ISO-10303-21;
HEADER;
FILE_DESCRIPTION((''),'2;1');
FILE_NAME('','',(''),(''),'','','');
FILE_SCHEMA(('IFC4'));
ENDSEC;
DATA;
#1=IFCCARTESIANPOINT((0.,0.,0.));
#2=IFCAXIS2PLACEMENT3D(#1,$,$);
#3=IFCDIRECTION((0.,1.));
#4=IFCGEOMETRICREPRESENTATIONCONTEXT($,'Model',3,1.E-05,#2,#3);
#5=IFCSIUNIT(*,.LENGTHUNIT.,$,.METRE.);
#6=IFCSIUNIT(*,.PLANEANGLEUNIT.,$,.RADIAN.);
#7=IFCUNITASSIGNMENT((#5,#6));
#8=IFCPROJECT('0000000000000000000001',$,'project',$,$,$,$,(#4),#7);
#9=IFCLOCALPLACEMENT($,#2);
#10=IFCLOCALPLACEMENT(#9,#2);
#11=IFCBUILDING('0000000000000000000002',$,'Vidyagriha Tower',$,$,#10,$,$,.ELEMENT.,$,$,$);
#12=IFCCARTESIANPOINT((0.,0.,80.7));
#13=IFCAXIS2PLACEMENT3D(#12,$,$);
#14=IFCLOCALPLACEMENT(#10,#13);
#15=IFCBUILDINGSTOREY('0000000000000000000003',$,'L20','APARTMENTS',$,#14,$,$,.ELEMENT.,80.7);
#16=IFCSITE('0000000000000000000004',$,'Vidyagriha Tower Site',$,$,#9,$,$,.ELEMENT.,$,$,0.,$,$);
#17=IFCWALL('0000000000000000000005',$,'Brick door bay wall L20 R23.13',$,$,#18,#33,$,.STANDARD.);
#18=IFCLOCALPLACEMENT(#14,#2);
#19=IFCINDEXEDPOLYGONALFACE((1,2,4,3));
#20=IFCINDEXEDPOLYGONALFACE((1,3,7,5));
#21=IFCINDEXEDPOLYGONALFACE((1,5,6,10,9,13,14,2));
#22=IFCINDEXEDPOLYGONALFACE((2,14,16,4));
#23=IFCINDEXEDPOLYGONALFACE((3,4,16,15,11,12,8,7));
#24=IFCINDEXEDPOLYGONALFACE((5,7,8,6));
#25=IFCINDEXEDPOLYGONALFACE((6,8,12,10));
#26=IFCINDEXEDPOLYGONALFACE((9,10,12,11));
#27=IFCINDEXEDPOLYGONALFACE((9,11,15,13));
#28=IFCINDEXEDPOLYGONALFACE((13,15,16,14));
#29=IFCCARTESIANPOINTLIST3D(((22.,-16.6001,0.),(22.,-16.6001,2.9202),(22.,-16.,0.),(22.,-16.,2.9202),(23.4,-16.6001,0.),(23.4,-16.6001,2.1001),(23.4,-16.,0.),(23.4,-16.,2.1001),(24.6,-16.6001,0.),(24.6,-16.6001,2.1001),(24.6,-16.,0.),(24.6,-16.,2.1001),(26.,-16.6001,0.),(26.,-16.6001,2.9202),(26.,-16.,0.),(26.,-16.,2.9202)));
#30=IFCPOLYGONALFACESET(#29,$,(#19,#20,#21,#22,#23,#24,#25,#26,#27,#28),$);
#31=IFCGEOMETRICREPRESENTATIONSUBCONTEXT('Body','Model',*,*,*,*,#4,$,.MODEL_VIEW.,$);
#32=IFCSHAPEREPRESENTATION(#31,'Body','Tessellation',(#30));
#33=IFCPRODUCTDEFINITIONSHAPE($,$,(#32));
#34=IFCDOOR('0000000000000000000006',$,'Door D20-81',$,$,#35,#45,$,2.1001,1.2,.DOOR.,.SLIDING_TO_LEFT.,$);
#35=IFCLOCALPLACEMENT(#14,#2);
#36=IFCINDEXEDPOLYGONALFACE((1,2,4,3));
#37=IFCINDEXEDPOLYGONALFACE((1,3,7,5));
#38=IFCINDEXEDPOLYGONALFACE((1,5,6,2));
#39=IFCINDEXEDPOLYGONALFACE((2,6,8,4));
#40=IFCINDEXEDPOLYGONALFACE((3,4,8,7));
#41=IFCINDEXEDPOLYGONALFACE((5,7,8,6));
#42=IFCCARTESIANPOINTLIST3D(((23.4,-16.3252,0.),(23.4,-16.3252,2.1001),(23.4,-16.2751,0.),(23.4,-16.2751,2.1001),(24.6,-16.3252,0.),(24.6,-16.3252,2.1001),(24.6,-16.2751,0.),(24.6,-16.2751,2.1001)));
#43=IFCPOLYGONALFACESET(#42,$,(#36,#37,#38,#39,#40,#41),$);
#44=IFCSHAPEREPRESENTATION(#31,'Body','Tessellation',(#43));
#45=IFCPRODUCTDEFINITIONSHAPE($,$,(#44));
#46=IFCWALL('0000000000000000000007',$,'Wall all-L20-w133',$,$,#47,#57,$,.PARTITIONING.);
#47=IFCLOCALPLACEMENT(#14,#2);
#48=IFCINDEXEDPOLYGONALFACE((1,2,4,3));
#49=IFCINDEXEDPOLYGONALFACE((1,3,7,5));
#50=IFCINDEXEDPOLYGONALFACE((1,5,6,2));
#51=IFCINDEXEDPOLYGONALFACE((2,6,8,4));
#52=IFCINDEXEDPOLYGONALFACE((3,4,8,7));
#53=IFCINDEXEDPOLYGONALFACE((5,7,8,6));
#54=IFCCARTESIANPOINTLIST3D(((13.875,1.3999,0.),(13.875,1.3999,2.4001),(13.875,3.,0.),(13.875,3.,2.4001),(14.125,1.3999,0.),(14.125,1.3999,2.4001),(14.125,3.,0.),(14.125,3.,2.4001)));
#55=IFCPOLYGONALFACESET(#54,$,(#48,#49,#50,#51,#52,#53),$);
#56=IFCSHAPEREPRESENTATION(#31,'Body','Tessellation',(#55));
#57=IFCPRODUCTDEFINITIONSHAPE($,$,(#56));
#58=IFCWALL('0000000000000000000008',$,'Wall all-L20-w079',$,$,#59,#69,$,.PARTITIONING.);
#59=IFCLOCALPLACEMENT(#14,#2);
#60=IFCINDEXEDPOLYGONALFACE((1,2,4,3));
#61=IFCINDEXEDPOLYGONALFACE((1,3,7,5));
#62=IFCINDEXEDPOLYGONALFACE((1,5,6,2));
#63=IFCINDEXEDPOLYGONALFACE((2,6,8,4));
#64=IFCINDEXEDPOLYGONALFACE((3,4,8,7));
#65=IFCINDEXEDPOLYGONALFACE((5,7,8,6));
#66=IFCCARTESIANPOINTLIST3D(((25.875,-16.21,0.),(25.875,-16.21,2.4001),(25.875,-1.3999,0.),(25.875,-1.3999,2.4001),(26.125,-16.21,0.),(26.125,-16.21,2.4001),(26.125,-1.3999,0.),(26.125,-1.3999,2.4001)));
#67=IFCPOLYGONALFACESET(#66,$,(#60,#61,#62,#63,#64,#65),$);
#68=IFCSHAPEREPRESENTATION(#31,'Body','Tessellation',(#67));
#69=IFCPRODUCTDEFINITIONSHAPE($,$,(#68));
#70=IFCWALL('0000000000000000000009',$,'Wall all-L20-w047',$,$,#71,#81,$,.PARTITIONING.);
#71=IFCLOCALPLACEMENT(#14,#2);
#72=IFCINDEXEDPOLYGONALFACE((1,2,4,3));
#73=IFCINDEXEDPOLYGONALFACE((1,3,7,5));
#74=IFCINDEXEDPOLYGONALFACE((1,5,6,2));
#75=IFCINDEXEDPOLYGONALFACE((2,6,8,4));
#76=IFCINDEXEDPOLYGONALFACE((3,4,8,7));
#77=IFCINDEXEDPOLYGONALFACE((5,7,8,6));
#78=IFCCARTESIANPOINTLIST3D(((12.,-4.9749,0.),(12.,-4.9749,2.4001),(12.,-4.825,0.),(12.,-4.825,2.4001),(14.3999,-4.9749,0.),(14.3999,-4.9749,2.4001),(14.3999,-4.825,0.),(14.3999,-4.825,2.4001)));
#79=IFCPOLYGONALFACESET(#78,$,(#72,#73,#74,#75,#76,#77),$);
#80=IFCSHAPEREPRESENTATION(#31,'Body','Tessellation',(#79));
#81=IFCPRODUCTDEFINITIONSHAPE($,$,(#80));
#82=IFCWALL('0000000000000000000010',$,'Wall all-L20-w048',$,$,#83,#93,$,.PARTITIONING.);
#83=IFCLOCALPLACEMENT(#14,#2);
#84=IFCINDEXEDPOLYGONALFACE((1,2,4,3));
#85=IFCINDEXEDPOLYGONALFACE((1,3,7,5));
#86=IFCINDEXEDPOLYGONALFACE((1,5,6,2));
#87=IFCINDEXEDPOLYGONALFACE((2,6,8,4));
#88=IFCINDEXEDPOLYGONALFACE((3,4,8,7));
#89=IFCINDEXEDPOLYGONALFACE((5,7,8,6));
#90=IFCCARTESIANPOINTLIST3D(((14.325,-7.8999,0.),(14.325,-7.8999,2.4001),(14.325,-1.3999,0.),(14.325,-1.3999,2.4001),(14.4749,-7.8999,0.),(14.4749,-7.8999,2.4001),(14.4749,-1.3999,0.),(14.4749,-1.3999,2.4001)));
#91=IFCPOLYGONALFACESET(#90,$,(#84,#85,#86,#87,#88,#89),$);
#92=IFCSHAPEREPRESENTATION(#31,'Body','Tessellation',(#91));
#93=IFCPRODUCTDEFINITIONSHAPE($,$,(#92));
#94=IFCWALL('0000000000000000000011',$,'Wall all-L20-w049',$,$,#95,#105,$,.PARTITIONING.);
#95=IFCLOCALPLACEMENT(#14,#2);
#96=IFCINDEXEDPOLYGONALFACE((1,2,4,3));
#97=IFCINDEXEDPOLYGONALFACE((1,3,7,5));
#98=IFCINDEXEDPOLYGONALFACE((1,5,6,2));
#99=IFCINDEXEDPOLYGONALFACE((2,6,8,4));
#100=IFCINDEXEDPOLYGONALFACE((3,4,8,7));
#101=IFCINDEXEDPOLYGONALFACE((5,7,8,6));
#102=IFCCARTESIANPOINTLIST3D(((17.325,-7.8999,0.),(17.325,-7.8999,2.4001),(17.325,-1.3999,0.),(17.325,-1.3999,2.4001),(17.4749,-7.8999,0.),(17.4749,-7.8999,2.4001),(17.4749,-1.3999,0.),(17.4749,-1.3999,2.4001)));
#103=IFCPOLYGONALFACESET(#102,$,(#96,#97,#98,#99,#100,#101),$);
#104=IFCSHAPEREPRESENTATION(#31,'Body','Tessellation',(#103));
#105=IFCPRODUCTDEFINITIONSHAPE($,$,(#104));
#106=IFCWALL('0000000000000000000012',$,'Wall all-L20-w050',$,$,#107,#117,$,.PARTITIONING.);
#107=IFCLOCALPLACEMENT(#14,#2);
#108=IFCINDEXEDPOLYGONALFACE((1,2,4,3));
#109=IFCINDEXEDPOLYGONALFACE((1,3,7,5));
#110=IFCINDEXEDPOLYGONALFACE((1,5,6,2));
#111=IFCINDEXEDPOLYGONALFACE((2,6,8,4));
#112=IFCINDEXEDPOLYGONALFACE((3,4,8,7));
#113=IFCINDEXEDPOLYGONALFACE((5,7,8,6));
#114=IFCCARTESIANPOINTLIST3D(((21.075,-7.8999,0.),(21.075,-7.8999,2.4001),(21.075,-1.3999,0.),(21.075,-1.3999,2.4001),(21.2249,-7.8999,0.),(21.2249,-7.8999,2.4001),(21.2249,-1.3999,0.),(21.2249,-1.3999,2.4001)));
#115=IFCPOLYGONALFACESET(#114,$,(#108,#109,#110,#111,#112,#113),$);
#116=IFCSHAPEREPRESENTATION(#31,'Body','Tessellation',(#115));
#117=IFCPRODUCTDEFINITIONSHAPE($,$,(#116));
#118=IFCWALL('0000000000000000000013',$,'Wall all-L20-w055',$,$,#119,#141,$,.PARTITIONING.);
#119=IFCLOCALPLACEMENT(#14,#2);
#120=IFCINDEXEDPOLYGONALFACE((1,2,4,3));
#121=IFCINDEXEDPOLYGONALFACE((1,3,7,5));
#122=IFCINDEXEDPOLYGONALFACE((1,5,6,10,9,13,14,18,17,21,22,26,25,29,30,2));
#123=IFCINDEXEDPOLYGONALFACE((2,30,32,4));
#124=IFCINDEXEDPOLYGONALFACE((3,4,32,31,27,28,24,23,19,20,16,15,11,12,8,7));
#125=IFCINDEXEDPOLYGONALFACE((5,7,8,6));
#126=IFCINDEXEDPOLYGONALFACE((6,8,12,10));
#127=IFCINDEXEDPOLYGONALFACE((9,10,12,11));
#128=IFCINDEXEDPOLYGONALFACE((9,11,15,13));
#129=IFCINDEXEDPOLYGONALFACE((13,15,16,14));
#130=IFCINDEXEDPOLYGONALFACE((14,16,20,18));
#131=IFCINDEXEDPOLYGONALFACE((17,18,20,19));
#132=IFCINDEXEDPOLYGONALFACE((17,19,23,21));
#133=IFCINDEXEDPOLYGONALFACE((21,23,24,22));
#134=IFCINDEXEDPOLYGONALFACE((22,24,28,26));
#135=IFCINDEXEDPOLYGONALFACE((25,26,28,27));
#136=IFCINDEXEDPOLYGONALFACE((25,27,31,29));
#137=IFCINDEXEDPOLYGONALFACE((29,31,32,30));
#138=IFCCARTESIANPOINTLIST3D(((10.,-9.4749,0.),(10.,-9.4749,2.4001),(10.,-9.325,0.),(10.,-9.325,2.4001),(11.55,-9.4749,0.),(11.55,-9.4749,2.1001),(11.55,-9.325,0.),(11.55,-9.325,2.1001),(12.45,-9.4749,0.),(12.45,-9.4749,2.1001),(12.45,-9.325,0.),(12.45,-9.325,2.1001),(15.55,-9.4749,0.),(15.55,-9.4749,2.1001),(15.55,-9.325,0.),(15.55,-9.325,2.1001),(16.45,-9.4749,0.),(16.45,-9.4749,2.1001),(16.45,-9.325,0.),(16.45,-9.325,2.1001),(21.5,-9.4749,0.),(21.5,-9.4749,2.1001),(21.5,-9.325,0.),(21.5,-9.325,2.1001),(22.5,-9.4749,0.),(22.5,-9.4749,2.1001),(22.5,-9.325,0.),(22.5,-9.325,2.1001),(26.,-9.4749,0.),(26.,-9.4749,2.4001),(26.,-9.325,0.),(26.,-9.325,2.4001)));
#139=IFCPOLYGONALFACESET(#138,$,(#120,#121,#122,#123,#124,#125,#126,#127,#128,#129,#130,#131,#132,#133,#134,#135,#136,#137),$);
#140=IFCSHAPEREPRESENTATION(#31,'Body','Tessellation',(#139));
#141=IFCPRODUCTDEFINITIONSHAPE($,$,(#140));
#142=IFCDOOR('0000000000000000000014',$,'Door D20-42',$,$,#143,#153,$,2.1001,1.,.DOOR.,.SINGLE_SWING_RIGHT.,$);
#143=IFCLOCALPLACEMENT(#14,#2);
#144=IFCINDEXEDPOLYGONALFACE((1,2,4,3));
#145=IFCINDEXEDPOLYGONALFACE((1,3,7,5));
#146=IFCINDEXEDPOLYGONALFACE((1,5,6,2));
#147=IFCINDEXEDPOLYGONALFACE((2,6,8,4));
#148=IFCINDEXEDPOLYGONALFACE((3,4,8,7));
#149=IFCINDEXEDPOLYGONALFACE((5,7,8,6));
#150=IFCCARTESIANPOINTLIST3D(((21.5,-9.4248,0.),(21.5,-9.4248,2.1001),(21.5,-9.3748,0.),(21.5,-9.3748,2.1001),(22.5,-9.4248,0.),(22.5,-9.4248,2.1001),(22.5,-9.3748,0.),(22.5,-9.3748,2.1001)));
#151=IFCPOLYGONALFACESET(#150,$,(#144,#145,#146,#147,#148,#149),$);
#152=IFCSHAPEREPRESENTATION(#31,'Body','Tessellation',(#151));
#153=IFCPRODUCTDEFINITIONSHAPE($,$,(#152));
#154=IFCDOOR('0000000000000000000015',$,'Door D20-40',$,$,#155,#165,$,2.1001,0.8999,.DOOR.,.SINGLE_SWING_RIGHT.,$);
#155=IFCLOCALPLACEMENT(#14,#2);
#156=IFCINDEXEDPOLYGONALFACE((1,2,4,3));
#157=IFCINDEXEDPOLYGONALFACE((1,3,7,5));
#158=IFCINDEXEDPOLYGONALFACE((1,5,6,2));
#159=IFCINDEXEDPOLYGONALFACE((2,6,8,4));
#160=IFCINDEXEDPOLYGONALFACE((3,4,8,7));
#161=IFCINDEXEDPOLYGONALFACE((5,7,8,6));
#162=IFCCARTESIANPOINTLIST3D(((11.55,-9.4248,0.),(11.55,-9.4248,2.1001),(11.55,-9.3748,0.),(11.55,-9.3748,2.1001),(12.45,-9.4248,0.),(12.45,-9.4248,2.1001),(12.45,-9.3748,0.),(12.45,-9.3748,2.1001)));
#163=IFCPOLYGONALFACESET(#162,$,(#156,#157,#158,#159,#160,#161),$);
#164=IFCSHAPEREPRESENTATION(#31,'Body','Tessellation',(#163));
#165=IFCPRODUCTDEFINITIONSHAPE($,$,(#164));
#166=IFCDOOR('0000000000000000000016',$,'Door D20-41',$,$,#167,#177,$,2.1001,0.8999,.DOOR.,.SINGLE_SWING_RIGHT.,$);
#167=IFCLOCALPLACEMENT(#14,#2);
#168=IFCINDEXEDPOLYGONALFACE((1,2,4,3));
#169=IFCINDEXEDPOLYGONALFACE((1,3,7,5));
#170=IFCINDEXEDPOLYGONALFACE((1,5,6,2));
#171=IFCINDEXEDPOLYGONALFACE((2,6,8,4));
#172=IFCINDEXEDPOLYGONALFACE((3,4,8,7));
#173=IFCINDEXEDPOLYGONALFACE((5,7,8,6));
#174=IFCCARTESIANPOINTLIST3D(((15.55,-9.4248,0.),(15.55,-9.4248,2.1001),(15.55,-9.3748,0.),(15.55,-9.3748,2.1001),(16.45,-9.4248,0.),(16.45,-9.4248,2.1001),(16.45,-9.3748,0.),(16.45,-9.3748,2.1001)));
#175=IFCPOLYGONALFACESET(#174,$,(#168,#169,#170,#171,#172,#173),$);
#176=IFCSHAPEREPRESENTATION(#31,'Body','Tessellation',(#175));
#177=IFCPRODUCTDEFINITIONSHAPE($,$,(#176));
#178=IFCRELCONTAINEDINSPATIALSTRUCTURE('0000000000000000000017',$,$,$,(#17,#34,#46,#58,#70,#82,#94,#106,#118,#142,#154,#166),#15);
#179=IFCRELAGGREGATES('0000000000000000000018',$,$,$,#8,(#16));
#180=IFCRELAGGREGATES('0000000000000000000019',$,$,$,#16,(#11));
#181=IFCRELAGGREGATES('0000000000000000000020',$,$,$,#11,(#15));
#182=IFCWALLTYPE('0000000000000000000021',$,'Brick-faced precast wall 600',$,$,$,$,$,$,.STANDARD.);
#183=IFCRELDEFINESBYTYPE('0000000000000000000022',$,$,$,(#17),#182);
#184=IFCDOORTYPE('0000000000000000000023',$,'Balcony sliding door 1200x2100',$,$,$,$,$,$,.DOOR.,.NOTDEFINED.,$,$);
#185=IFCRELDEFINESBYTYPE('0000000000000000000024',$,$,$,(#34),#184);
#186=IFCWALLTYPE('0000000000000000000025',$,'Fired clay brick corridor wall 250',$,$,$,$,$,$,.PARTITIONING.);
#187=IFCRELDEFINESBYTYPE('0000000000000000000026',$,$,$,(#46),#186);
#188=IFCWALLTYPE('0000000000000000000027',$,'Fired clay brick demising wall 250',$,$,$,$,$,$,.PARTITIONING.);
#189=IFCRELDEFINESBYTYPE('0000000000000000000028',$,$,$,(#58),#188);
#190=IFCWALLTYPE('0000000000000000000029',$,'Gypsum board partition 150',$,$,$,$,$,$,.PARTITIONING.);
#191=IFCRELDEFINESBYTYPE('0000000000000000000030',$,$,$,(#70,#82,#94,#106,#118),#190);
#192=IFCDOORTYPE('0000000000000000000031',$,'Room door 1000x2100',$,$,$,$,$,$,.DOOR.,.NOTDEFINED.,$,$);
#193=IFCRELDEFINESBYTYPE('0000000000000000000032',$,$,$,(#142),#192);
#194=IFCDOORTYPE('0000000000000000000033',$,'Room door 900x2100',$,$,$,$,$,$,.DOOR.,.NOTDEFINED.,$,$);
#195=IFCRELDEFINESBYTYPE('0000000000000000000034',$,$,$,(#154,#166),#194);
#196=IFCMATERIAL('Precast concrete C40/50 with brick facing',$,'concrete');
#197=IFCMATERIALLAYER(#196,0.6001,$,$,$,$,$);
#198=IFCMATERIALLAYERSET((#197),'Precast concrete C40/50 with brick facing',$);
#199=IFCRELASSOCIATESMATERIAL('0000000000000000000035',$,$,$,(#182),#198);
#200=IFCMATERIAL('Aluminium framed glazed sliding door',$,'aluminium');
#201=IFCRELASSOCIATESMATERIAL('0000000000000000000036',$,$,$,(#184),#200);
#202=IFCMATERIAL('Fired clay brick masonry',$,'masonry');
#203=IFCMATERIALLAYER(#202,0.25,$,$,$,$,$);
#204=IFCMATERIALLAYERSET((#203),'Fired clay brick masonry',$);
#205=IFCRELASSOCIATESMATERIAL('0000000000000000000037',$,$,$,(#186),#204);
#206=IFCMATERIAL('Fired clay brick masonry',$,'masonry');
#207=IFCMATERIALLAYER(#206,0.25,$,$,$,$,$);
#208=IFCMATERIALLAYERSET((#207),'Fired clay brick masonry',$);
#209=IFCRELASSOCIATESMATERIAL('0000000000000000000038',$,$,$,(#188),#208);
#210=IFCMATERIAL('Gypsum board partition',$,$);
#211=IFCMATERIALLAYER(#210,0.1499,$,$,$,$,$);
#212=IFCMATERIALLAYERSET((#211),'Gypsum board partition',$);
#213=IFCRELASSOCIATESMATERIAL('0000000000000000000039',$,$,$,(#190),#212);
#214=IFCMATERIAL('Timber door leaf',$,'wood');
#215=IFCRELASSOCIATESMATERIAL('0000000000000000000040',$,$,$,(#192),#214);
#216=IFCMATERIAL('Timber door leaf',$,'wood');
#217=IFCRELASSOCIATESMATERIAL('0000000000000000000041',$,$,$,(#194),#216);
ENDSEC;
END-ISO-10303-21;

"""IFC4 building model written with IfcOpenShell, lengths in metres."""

from ifc_helpers import new_model, si_unit, direction, frame, frame_2d, origin, place, context, subcontext, project, spatial, rectangle, extrude, material, layer, layer_set, type_object, element, fill, save


model = new_model("IFC4")

# Units and contexts
model_context = context("Model", 3, precision=1e-05, world=origin(), true_north=direction((0.0, 1.0)))
body_context = subcontext(model_context, "Body", "Model", "MODEL_VIEW")
ifc_project = project(units=[si_unit("LENGTHUNIT", "METRE"), si_unit("PLANEANGLEUNIT", "RADIAN")], contexts=[model_context])

# Site, building, storey
site_placement = place(None, origin())
site = spatial("IfcSite", under=ifc_project, at=site_placement, Name="Vidyagriha Tower Site", CompositionType="ELEMENT", RefElevation=0.0)
building_placement = place(site_placement, origin())
building = spatial("IfcBuilding", under=site, at=building_placement, Name="Vidyagriha Tower", CompositionType="ELEMENT")
storey_placement = place(building_placement, frame((0.0, 0.0, 80.7)))
storey = spatial("IfcBuildingStorey", under=building, at=storey_placement, Name="L20", Description="APARTMENTS", CompositionType="ELEMENT", Elevation=80.7)

# Wall, opening, door
ifc_material_1 = material(Name="Precast concrete C40/50 with brick facing", Category="concrete")
ifc_layer_1 = layer(ifc_material_1, 0.6001)
ifc_layer_set_1 = layer_set([ifc_layer_1], Name="Precast concrete C40/50 with brick facing")
wall_type_1 = type_object("IfcWallType", Name="Brick-faced precast wall 600", PredefinedType="STANDARD", material=ifc_layer_set_1)
wall_1_placement = place(storey_placement, frame((22.0, -16.3, 0.0)))
wall_1 = element("IfcWall", 1, at=wall_1_placement, inside=storey, type_object=wall_type_1, Name="Brick door bay wall L20 R23.13", PredefinedType="STANDARD", context=body_context, shape_type="SweptSolid", body=[
    extrude(rectangle(XDim=4.0, YDim=0.6001, at=frame_2d((2.0, 0.0))), origin(), (0.0, 0.0, 1.0), 2.9202),
])
opening_1_placement = place(wall_1_placement, frame((1.3999, 0.0, 0.0)))
opening_1 = element("IfcOpeningElement", 2, at=opening_1_placement, cuts=wall_1, PredefinedType="OPENING", context=body_context, shape_type="SweptSolid", body=[
    extrude(rectangle(XDim=1.2, YDim=2.1001, at=frame_2d((0.6001, 1.05))), frame((0.0, 0.3101, 0.0), z_axis=(0.0, -1.0, 0.0), x_axis=(1.0, 0.0, 0.0)), (0.0, 0.0, 1.0), 0.6201),
])
ifc_material_2 = material(Name="Aluminium framed glazed sliding door", Category="aluminium")
door_type_1 = type_object("IfcDoorType", Name="Balcony sliding door 1200x2100", OperationType="NOTDEFINED", PredefinedType="DOOR", material=ifc_material_2)
door_1_placement = place(opening_1_placement, origin())
door_1 = element("IfcDoor", 3, at=door_1_placement, inside=storey, type_object=door_type_1, Name="Door D20-81", OperationType="SLIDING_TO_LEFT", OverallHeight=2.1001, OverallWidth=1.2, PredefinedType="DOOR", context=body_context, shape_type="SweptSolid", body=[
    extrude(rectangle(XDim=1.2, YDim=2.1001, at=frame_2d((0.6001, 1.05))), frame((0.0, 0.0249, 0.0), z_axis=(0.0, -1.0, 0.0), x_axis=(1.0, 0.0, 0.0)), (0.0, 0.0, 1.0), 0.05),
])
fill(opening_1, door_1)

# Walls
ifc_material_3 = material(Name="Fired clay brick masonry", Category="masonry")
ifc_layer_2 = layer(ifc_material_3, 0.25)
ifc_layer_set_2 = layer_set([ifc_layer_2], Name="Fired clay brick masonry")
wall_type_2 = type_object("IfcWallType", Name="Fired clay brick corridor wall 250", PredefinedType="PARTITIONING", material=ifc_layer_set_2)
wall_2_placement = place(storey_placement, frame((14.0, 1.3999, 0.0), z_axis=(0.0, 0.0, 1.0), x_axis=(0.0, 1.0, 0.0)))
element("IfcWall", 4, at=wall_2_placement, inside=storey, type_object=wall_type_2, Name="Wall all-L20-w133", PredefinedType="PARTITIONING", context=body_context, shape_type="SweptSolid", body=[
    extrude(rectangle(XDim=1.6001, YDim=0.25, at=frame_2d((0.8, 0.0))), origin(), (0.0, 0.0, 1.0), 2.4001),
])
ifc_material_4 = material(Name="Fired clay brick masonry", Category="masonry")
ifc_layer_3 = layer(ifc_material_4, 0.25)
ifc_layer_set_3 = layer_set([ifc_layer_3], Name="Fired clay brick masonry")
wall_type_3 = type_object("IfcWallType", Name="Fired clay brick demising wall 250", PredefinedType="PARTITIONING", material=ifc_layer_set_3)
wall_3_placement = place(storey_placement, frame((26.0, -1.3999, 0.0), z_axis=(0.0, 0.0, 1.0), x_axis=(0.0, -1.0, 0.0)))
element("IfcWall", 5, at=wall_3_placement, inside=storey, type_object=wall_type_3, Name="Wall all-L20-w079", PredefinedType="PARTITIONING", context=body_context, shape_type="SweptSolid", body=[
    extrude(rectangle(XDim=14.8101, YDim=0.25, at=frame_2d((7.405, 0.0))), origin(), (0.0, 0.0, 1.0), 2.4001),
])
ifc_material_5 = material(Name="Gypsum board partition")
ifc_layer_4 = layer(ifc_material_5, 0.1499)
ifc_layer_set_4 = layer_set([ifc_layer_4], Name="Gypsum board partition")
wall_type_4 = type_object("IfcWallType", Name="Gypsum board partition 150", PredefinedType="PARTITIONING", material=ifc_layer_set_4)
wall_4_placement = place(storey_placement, frame((14.3999, -4.8999, 0.0), z_axis=(0.0, 0.0, 1.0), x_axis=(-1.0, 0.0, 0.0)))
element("IfcWall", 6, at=wall_4_placement, inside=storey, type_object=wall_type_4, Name="Wall all-L20-w047", PredefinedType="PARTITIONING", context=body_context, shape_type="SweptSolid", body=[
    extrude(rectangle(XDim=2.3999, YDim=0.1499, at=frame_2d((1.2, 0.0))), origin(), (0.0, 0.0, 1.0), 2.4001),
])
for number, where, z_axis, x_axis, name in (
    (7, (14.3999, -1.3999, 0.0), (0.0, 0.0, 1.0), (0.0, -1.0, 0.0), "Wall all-L20-w048"),
    (8, (17.3999, -1.3999, 0.0), (0.0, 0.0, 1.0), (0.0, -1.0, 0.0), "Wall all-L20-w049"),
    (9, (21.1499, -1.3999, 0.0), (0.0, 0.0, 1.0), (0.0, -1.0, 0.0), "Wall all-L20-w050"),
):
    element("IfcWall", number, at=place(storey_placement, frame(where, z_axis=z_axis, x_axis=x_axis)), inside=storey, type_object=wall_type_4, Name=name, PredefinedType="PARTITIONING", context=body_context, shape_type="SweptSolid", body=[
        extrude(rectangle(XDim=6.5, YDim=0.1499, at=frame_2d((3.25, 0.0))), origin(), (0.0, 0.0, 1.0), 2.4001),
    ])

# Wall, openings, doors
wall_5_placement = place(storey_placement, frame((26.0, -9.3999, 0.0), z_axis=(0.0, 0.0, 1.0), x_axis=(-1.0, 0.0, 0.0)))
wall_5 = element("IfcWall", 10, at=wall_5_placement, inside=storey, type_object=wall_type_4, Name="Wall all-L20-w055", PredefinedType="PARTITIONING", context=body_context, shape_type="SweptSolid", body=[
    extrude(rectangle(XDim=16.0, YDim=0.1499, at=frame_2d((8.0, 0.0))), origin(), (0.0, 0.0, 1.0), 2.4001),
])
opening_2_placement = place(wall_5_placement, frame((13.55, 0.0, 0.0)))
opening_2 = element("IfcOpeningElement", 11, at=opening_2_placement, cuts=wall_5, PredefinedType="OPENING", context=body_context, shape_type="SweptSolid", body=[
    extrude(rectangle(XDim=0.8999, YDim=2.1001, at=frame_2d((0.45, 1.05))), frame((0.0, 0.085, 0.0), z_axis=(0.0, -1.0, 0.0), x_axis=(1.0, 0.0, 0.0)), (0.0, 0.0, 1.0), 0.1699),
])
opening_3_placement = place(wall_5_placement, frame((9.55, 0.0, 0.0)))
opening_3 = element("IfcOpeningElement", 12, at=opening_3_placement, cuts=wall_5, PredefinedType="OPENING", context=body_context, shape_type="SweptSolid", body=[
    extrude(rectangle(XDim=0.8999, YDim=2.1001, at=frame_2d((0.45, 1.05))), frame((0.0, 0.085, 0.0), z_axis=(0.0, -1.0, 0.0), x_axis=(1.0, 0.0, 0.0)), (0.0, 0.0, 1.0), 0.1699),
])
opening_4_placement = place(wall_5_placement, frame((3.5, 0.0, 0.0)))
opening_4 = element("IfcOpeningElement", 13, at=opening_4_placement, cuts=wall_5, PredefinedType="OPENING", context=body_context, shape_type="SweptSolid", body=[
    extrude(rectangle(XDim=1.0, YDim=2.1001, at=frame_2d((0.5, 1.05))), frame((0.0, 0.085, 0.0), z_axis=(0.0, -1.0, 0.0), x_axis=(1.0, 0.0, 0.0)), (0.0, 0.0, 1.0), 0.1699),
])
ifc_material_6 = material(Name="Timber door leaf", Category="wood")
door_type_2 = type_object("IfcDoorType", Name="Room door 1000x2100", OperationType="NOTDEFINED", PredefinedType="DOOR", material=ifc_material_6)
door_2_placement = place(opening_4_placement, origin())
door_2 = element("IfcDoor", 14, at=door_2_placement, inside=storey, type_object=door_type_2, Name="Door D20-42", OperationType="SINGLE_SWING_RIGHT", OverallHeight=2.1001, OverallWidth=1.0, PredefinedType="DOOR", context=body_context, shape_type="SweptSolid", body=[
    extrude(rectangle(XDim=1.0, YDim=2.1001, at=frame_2d((0.5, 1.05))), frame((0.0, 0.0249, 0.0), z_axis=(0.0, -1.0, 0.0), x_axis=(1.0, 0.0, 0.0)), (0.0, 0.0, 1.0), 0.05),
])
fill(opening_4, door_2)
ifc_material_7 = material(Name="Timber door leaf", Category="wood")
door_type_3 = type_object("IfcDoorType", Name="Room door 900x2100", OperationType="NOTDEFINED", PredefinedType="DOOR", material=ifc_material_7)
door_3_placement = place(opening_2_placement, origin())
door_3 = element("IfcDoor", 15, at=door_3_placement, inside=storey, type_object=door_type_3, Name="Door D20-40", OperationType="SINGLE_SWING_RIGHT", OverallHeight=2.1001, OverallWidth=0.8999, PredefinedType="DOOR", context=body_context, shape_type="SweptSolid", body=[
    extrude(rectangle(XDim=0.8999, YDim=2.1001, at=frame_2d((0.45, 1.05))), frame((0.0, 0.0249, 0.0), z_axis=(0.0, -1.0, 0.0), x_axis=(1.0, 0.0, 0.0)), (0.0, 0.0, 1.0), 0.05),
])
fill(opening_2, door_3)
door_4_placement = place(opening_3_placement, origin())
door_4 = element("IfcDoor", 16, at=door_4_placement, inside=storey, type_object=door_type_3, Name="Door D20-41", OperationType="SINGLE_SWING_RIGHT", OverallHeight=2.1001, OverallWidth=0.8999, PredefinedType="DOOR", context=body_context, shape_type="SweptSolid", body=[
    extrude(rectangle(XDim=0.8999, YDim=2.1001, at=frame_2d((0.45, 1.05))), frame((0.0, 0.0249, 0.0), z_axis=(0.0, -1.0, 0.0), x_axis=(1.0, 0.0, 0.0)), (0.0, 0.0, 1.0), 0.05),
])
fill(opening_3, door_4)

save(model, "model.ifc")
